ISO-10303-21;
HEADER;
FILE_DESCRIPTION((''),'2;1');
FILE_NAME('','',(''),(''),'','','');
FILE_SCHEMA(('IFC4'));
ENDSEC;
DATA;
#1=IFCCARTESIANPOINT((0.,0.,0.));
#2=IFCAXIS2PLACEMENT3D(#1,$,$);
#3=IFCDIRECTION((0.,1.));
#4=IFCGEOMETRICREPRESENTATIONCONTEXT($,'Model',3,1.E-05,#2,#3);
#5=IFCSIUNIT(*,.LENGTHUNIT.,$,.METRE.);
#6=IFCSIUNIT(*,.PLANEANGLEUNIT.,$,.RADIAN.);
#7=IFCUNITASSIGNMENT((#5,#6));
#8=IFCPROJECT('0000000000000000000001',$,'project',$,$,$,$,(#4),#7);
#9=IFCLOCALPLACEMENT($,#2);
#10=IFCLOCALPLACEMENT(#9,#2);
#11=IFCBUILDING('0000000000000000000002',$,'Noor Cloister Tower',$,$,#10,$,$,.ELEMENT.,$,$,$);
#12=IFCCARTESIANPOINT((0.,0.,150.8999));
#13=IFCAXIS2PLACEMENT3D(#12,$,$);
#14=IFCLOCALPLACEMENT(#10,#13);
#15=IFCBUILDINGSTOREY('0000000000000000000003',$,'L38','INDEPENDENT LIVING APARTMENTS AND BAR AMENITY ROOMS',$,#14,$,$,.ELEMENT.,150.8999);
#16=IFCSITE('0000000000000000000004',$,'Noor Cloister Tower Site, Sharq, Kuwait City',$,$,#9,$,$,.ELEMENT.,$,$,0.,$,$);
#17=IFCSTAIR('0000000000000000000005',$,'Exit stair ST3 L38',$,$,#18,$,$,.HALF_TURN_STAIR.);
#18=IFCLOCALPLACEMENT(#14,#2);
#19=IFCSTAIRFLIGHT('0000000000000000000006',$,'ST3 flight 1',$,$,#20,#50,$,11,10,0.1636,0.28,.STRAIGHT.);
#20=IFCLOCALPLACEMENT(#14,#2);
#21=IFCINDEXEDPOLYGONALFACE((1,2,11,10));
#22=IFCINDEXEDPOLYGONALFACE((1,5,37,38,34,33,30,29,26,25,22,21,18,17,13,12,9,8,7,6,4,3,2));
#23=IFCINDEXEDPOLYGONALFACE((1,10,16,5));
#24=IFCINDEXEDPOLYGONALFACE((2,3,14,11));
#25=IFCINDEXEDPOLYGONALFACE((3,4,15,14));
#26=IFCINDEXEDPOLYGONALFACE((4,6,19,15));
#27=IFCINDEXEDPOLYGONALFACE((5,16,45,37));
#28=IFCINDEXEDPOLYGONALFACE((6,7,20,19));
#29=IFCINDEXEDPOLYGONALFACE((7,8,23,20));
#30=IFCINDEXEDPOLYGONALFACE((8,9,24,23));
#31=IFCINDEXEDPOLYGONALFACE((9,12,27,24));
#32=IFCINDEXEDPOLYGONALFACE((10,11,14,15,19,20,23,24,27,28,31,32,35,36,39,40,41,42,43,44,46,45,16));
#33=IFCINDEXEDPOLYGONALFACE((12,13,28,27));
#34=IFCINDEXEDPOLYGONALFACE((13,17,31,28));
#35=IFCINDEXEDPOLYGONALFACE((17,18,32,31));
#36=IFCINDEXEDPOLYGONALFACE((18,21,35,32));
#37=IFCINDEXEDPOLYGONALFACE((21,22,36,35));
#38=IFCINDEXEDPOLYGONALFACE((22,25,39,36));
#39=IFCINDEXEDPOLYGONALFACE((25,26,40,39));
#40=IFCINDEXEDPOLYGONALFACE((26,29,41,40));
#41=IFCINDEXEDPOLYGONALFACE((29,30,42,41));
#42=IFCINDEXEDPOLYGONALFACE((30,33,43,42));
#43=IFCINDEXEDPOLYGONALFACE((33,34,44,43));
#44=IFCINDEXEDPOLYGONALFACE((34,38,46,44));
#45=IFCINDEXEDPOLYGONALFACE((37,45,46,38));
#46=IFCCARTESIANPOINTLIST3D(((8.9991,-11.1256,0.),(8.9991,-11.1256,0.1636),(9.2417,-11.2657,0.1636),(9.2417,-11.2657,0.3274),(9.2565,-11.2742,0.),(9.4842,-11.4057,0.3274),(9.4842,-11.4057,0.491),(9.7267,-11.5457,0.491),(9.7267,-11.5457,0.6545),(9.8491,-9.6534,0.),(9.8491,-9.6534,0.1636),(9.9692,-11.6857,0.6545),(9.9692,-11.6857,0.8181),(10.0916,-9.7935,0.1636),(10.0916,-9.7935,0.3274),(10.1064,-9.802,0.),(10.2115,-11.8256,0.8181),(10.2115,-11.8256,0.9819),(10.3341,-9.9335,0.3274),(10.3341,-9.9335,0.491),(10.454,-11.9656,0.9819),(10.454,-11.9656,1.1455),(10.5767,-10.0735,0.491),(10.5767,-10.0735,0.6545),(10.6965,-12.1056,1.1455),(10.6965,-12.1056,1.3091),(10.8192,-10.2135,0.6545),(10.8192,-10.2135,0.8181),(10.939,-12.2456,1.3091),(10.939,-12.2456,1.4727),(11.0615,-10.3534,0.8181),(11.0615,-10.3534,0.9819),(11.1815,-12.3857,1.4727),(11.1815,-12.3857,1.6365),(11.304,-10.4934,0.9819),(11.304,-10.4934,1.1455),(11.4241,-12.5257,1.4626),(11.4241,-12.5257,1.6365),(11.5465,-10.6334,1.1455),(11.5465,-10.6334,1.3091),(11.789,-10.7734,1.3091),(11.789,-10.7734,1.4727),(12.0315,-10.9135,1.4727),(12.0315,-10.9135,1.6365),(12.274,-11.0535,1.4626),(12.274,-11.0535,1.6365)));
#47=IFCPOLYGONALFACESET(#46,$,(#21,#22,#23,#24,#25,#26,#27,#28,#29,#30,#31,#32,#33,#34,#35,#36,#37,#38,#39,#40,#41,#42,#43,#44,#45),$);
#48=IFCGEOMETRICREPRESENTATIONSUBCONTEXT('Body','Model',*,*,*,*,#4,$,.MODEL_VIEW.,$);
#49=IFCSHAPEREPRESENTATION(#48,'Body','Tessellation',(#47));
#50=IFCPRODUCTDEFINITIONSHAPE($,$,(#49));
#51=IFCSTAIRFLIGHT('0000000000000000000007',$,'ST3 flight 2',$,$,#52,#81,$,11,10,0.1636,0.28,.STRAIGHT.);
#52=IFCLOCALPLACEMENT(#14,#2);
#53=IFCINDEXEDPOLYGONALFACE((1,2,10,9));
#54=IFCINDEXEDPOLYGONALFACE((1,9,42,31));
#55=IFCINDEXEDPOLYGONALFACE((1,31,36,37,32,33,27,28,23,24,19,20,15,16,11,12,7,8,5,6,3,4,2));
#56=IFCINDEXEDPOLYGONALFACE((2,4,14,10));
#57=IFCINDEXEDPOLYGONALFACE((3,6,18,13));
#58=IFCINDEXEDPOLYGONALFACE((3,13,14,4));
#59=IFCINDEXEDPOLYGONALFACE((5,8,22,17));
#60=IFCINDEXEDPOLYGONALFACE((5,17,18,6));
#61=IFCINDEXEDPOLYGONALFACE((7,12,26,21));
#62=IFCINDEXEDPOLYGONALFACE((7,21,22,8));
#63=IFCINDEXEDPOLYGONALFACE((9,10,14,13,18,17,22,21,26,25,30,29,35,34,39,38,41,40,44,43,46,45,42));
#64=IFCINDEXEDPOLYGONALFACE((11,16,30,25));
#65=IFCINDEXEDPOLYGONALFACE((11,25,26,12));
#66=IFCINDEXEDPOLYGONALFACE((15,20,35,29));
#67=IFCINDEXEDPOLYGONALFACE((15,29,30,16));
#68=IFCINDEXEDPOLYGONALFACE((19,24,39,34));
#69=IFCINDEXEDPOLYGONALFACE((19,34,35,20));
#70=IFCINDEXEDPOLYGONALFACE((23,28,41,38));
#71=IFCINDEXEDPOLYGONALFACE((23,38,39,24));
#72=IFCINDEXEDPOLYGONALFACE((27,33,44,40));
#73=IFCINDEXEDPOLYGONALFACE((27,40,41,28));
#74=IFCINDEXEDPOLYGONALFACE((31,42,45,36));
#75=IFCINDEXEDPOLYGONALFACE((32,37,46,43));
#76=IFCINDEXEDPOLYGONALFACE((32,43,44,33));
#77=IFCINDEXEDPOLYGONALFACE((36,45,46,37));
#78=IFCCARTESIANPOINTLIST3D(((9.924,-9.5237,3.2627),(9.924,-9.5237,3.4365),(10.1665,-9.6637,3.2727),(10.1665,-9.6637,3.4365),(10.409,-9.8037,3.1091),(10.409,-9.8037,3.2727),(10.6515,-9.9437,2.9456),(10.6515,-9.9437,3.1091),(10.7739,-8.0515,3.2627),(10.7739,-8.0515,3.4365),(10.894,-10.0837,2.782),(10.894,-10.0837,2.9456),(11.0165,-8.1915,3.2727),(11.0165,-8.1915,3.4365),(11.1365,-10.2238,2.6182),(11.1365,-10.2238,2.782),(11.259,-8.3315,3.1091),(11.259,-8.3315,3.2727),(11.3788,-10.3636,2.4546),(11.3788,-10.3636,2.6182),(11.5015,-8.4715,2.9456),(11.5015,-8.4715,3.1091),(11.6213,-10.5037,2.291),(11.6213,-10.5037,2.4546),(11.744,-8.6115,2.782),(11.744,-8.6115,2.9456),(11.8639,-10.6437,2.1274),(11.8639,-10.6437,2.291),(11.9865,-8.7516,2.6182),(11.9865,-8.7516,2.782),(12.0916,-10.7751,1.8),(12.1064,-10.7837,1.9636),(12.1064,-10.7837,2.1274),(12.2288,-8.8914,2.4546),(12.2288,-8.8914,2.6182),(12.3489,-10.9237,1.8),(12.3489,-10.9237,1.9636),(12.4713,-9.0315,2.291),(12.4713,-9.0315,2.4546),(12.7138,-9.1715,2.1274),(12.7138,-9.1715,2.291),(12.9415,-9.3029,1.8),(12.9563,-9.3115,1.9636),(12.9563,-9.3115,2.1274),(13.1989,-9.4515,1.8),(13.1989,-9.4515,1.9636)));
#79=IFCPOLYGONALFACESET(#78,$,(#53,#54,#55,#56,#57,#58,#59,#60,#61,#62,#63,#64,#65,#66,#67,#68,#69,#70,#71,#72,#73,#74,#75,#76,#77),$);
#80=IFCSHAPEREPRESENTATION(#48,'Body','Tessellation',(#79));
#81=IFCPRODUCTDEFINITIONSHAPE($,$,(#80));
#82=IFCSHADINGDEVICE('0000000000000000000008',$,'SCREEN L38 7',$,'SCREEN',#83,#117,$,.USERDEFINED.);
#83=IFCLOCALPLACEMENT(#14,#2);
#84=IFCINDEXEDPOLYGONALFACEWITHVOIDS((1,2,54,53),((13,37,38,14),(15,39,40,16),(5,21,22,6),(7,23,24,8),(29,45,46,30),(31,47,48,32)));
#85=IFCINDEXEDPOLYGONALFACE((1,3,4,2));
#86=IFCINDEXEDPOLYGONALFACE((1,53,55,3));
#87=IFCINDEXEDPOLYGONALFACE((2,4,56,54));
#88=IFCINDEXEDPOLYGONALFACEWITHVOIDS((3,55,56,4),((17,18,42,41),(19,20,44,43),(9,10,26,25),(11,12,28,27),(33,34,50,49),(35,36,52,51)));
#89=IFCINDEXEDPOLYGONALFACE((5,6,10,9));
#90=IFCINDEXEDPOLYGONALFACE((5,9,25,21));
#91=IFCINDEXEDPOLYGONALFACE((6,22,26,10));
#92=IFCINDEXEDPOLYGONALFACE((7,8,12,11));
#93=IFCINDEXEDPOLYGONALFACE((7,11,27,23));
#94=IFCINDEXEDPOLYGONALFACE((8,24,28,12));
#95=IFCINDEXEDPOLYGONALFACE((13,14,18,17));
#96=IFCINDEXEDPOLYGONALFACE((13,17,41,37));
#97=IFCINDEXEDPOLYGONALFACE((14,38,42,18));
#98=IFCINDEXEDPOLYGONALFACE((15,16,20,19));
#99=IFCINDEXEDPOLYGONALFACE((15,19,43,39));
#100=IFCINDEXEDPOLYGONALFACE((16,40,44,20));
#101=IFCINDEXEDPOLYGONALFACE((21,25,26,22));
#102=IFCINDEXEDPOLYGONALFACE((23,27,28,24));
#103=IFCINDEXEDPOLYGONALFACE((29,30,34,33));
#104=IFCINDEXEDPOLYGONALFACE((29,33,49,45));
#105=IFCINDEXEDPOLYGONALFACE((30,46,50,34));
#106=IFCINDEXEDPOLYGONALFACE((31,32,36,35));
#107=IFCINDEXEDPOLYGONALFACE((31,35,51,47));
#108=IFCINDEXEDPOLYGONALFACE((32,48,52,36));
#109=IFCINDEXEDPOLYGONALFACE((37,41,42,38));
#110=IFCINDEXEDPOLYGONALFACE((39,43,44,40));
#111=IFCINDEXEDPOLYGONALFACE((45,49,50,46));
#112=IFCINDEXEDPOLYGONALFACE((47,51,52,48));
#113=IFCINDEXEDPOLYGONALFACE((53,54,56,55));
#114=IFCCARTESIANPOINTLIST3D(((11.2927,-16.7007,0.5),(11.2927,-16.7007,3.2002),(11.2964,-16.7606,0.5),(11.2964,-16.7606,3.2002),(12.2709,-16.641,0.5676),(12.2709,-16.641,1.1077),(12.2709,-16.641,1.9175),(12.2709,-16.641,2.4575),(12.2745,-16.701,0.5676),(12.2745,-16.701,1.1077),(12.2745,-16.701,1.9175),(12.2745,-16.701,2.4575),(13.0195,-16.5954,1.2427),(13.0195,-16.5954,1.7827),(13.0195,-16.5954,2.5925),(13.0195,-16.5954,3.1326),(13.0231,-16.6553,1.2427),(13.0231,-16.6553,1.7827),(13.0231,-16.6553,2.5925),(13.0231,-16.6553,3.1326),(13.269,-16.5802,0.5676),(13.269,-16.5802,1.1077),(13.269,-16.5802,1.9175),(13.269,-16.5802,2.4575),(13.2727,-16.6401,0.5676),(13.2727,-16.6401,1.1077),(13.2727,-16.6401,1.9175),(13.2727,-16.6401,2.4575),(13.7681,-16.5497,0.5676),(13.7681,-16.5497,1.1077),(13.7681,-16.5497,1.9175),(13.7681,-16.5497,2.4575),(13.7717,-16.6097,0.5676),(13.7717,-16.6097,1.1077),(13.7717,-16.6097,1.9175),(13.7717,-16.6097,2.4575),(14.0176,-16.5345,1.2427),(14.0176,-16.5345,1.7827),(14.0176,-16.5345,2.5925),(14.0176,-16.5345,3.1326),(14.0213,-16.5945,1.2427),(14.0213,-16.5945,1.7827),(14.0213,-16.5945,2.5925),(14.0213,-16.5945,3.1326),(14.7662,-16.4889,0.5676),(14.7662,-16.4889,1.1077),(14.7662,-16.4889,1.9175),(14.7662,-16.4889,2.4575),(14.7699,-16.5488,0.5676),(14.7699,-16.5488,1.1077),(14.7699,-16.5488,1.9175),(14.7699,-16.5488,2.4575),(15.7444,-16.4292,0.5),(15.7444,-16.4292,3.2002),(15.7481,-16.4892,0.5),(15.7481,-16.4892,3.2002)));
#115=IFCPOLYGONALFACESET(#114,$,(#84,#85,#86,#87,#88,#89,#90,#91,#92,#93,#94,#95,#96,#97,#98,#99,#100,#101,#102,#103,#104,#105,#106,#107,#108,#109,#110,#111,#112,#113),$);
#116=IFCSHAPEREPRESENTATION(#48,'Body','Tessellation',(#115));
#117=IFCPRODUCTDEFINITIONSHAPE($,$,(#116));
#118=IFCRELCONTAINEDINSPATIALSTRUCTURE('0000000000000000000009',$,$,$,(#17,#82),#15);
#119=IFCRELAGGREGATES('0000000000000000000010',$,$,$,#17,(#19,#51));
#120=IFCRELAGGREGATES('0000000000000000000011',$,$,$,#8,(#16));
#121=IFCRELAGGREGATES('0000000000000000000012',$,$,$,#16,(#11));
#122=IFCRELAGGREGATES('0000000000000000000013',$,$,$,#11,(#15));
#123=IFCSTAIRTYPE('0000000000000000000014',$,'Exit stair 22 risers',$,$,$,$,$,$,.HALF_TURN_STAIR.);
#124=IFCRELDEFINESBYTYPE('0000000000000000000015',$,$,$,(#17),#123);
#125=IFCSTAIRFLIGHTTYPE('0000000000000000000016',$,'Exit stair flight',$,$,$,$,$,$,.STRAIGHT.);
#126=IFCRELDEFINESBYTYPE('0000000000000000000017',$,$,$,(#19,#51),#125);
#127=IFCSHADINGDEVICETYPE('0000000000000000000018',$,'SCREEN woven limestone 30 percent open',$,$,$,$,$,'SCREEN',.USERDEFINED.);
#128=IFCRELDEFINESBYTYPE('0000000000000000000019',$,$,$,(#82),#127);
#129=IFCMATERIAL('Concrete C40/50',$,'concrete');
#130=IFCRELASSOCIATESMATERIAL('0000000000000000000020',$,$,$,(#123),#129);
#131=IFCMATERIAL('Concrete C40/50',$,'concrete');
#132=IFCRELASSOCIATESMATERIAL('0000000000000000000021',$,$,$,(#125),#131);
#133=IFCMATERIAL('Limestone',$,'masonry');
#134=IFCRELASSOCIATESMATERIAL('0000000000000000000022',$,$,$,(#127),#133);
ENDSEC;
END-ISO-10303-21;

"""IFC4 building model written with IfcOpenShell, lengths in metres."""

from ifc_helpers import new_model, si_unit, direction, frame, origin, place, context, subcontext, project, spatial, polyline, outline, extrude, material, material_profile, profile_set, type_object, element, aggregate, save


model = new_model("IFC4")

# Units and contexts
model_context = context("Model", 3, precision=1e-05, world=origin(), true_north=direction((0.0, 1.0)))
body_context = subcontext(model_context, "Body", "Model", "MODEL_VIEW")
ifc_project = project(units=[si_unit("LENGTHUNIT", "METRE"), si_unit("PLANEANGLEUNIT", "RADIAN")], contexts=[model_context])

# Site, building, storey
site_placement = place(None, origin())
site = spatial("IfcSite", under=ifc_project, at=site_placement, Name="Noor Cloister Tower Site, Sharq, Kuwait City", CompositionType="ELEMENT", RefElevation=0.0)
building_placement = place(site_placement, origin())
building = spatial("IfcBuilding", under=site, at=building_placement, Name="Noor Cloister Tower", CompositionType="ELEMENT")
storey_placement = place(building_placement, frame((0.0, 0.0, 150.8999)))
storey = spatial("IfcBuildingStorey", under=building, at=storey_placement, Name="L38", Description="INDEPENDENT LIVING APARTMENTS AND BAR AMENITY ROOMS", CompositionType="ELEMENT", Elevation=150.8999)

# Stair, stair flights
ifc_material_1 = material(Name="Concrete C40/50", Category="concrete")
stair_type = type_object("IfcStairType", Name="Exit stair 22 risers", PredefinedType="HALF_TURN_STAIR", material=ifc_material_1)
stair_placement = place(storey_placement, origin())
stair = element("IfcStair", 1, at=stair_placement, inside=storey, type_object=stair_type, Name="Exit stair ST3 L38", PredefinedType="HALF_TURN_STAIR")
ifc_material_2 = material(Name="Concrete C40/50", Category="concrete")
stair_flight_type = type_object("IfcStairFlightType", Name="Exit stair flight", PredefinedType="STRAIGHT", material=ifc_material_2)
stair_flight_1_placement = place(storey_placement, frame((9.4241, -10.3896, 0.0), z_axis=(0.0, 0.0, 1.0), x_axis=(0.866025, -0.5, 0.0)))
stair_flight_1 = element("IfcStairFlight", 2, at=stair_flight_1_placement, type_object=stair_flight_type, Name="ST3 flight 1", NumberOfRisers=11, NumberOfTreads=10, PredefinedType="STRAIGHT", RiserHeight=0.1636, TreadLength=0.28, context=body_context, shape_type="SweptSolid", body=[
    extrude(outline(polyline([(0.0, 0.0), (0.0, 0.1636), (0.28, 0.1636), (0.28, 0.3274), (0.5601, 0.3274), (0.5601, 0.491), (0.8401, 0.491), (0.8401, 0.6545), (1.1201, 0.6545), (1.1201, 0.8181), (1.3999, 0.8181), (1.3999, 0.9819), (1.6799, 0.9819), (1.6799, 1.1455), (1.96, 1.1455), (1.96, 1.3091), (2.24, 1.3091), (2.24, 1.4727), (2.52, 1.4727), (2.52, 1.6365), (2.8, 1.6365), (2.8, 1.8), (2.8, 1.4626), (0.2971, 0.0), (0.0, 0.0)])), frame((0.0, 0.8501, 0.0), z_axis=(0.0, -1.0, 0.0), x_axis=(1.0, 0.0, 0.0)), (0.0, 0.0, 1.0), 1.7),
])
stair_flight_2_placement = place(storey_placement, frame((12.7739, -10.1875, 1.8), z_axis=(0.0, 0.0, 1.0), x_axis=(-0.866025, 0.5, 0.0)))
stair_flight_2 = element("IfcStairFlight", 3, at=stair_flight_2_placement, type_object=stair_flight_type, Name="ST3 flight 2", NumberOfRisers=11, NumberOfTreads=10, PredefinedType="STRAIGHT", RiserHeight=0.1636, TreadLength=0.28, context=body_context, shape_type="SweptSolid", body=[
    extrude(outline(polyline([(0.0, 0.0), (0.0, 0.1636), (0.28, 0.1636), (0.28, 0.3274), (0.5601, 0.3274), (0.5601, 0.491), (0.8401, 0.491), (0.8401, 0.6545), (1.1201, 0.6545), (1.1201, 0.8181), (1.3999, 0.8181), (1.3999, 0.9819), (1.6799, 0.9819), (1.6799, 1.1455), (1.96, 1.1455), (1.96, 1.3091), (2.24, 1.3091), (2.24, 1.4727), (2.52, 1.4727), (2.52, 1.6365), (2.8, 1.6365), (2.8, 1.8), (2.8, 1.4626), (0.2971, 0.0), (0.0, 0.0)])), frame((0.0, 0.8501, 0.0), z_axis=(0.0, -1.0, 0.0), x_axis=(1.0, 0.0, 0.0)), (0.0, 0.0, 1.0), 1.7),
])
aggregate(stair, [stair_flight_1, stair_flight_2])

# Shading device
ifc_material_3 = material(Name="Limestone", Category="masonry")
ifc_material_profile_1 = material_profile(ifc_material_3, outline(polyline([(-2.23, -1.3501), (2.23, -1.3501), (2.23, 1.3501), (-2.23, 1.3501), (-2.23, -1.3501)]), holes=[polyline([(-1.25, -1.2825), (-0.25, -1.2825), (-0.25, -0.7424), (-1.25, -0.7424), (-1.25, -1.2825)]), polyline([(0.25, -1.2825), (1.25, -1.2825), (1.25, -0.7424), (0.25, -0.7424), (0.25, -1.2825)]), polyline([(-0.5, -0.6074), (0.5, -0.6074), (0.5, -0.0674), (-0.5, -0.0674), (-0.5, -0.6074)]), polyline([(-1.25, 0.0674), (-0.25, 0.0674), (-0.25, 0.6074), (-1.25, 0.6074), (-1.25, 0.0674)]), polyline([(0.25, 0.0674), (1.25, 0.0674), (1.25, 0.6074), (0.25, 0.6074), (0.25, 0.0674)]), polyline([(-0.5, 0.7424), (0.5, 0.7424), (0.5, 1.2825), (-0.5, 1.2825), (-0.5, 0.7424)])]), Name="Woven screen 30 percent open")
ifc_profile_set_1 = profile_set([ifc_material_profile_1], Name="Limestone")
shading_device_type = type_object("IfcShadingDeviceType", Name="SCREEN woven limestone 30 percent open", ElementType="SCREEN", PredefinedType="USERDEFINED", material=ifc_profile_set_1)
shading_device_placement = place(storey_placement, frame((13.5186, -16.5649, 1.8501), z_axis=(0.060863, -0.998146, 0.0), x_axis=(0.998146, 0.060863, 0.0)))
element("IfcShadingDevice", 4, at=shading_device_placement, inside=storey, type_object=shading_device_type, Name="SCREEN L38 7", ObjectType="SCREEN", PredefinedType="USERDEFINED", context=body_context, shape_type="SweptSolid", body=[
    extrude(outline(polyline([(-2.23, -1.3501), (2.23, -1.3501), (2.23, 1.3501), (-2.23, 1.3501), (-2.23, -1.3501)]), holes=[polyline([(-1.25, -1.2825), (-0.25, -1.2825), (-0.25, -0.7424), (-1.25, -0.7424), (-1.25, -1.2825)]), polyline([(0.25, -1.2825), (1.25, -1.2825), (1.25, -0.7424), (0.25, -0.7424), (0.25, -1.2825)]), polyline([(-0.5, -0.6074), (0.5, -0.6074), (0.5, -0.0674), (-0.5, -0.0674), (-0.5, -0.6074)]), polyline([(-1.25, 0.0674), (-0.25, 0.0674), (-0.25, 0.6074), (-1.25, 0.6074), (-1.25, 0.0674)]), polyline([(0.25, 0.0674), (1.25, 0.0674), (1.25, 0.6074), (0.25, 0.6074), (0.25, 0.0674)]), polyline([(-0.5, 0.7424), (0.5, 0.7424), (0.5, 1.2825), (-0.5, 1.2825), (-0.5, 0.7424)])]), origin(), (0.0, 0.0, 1.0), 0.0601),
])

save(model, "model.ifc")
